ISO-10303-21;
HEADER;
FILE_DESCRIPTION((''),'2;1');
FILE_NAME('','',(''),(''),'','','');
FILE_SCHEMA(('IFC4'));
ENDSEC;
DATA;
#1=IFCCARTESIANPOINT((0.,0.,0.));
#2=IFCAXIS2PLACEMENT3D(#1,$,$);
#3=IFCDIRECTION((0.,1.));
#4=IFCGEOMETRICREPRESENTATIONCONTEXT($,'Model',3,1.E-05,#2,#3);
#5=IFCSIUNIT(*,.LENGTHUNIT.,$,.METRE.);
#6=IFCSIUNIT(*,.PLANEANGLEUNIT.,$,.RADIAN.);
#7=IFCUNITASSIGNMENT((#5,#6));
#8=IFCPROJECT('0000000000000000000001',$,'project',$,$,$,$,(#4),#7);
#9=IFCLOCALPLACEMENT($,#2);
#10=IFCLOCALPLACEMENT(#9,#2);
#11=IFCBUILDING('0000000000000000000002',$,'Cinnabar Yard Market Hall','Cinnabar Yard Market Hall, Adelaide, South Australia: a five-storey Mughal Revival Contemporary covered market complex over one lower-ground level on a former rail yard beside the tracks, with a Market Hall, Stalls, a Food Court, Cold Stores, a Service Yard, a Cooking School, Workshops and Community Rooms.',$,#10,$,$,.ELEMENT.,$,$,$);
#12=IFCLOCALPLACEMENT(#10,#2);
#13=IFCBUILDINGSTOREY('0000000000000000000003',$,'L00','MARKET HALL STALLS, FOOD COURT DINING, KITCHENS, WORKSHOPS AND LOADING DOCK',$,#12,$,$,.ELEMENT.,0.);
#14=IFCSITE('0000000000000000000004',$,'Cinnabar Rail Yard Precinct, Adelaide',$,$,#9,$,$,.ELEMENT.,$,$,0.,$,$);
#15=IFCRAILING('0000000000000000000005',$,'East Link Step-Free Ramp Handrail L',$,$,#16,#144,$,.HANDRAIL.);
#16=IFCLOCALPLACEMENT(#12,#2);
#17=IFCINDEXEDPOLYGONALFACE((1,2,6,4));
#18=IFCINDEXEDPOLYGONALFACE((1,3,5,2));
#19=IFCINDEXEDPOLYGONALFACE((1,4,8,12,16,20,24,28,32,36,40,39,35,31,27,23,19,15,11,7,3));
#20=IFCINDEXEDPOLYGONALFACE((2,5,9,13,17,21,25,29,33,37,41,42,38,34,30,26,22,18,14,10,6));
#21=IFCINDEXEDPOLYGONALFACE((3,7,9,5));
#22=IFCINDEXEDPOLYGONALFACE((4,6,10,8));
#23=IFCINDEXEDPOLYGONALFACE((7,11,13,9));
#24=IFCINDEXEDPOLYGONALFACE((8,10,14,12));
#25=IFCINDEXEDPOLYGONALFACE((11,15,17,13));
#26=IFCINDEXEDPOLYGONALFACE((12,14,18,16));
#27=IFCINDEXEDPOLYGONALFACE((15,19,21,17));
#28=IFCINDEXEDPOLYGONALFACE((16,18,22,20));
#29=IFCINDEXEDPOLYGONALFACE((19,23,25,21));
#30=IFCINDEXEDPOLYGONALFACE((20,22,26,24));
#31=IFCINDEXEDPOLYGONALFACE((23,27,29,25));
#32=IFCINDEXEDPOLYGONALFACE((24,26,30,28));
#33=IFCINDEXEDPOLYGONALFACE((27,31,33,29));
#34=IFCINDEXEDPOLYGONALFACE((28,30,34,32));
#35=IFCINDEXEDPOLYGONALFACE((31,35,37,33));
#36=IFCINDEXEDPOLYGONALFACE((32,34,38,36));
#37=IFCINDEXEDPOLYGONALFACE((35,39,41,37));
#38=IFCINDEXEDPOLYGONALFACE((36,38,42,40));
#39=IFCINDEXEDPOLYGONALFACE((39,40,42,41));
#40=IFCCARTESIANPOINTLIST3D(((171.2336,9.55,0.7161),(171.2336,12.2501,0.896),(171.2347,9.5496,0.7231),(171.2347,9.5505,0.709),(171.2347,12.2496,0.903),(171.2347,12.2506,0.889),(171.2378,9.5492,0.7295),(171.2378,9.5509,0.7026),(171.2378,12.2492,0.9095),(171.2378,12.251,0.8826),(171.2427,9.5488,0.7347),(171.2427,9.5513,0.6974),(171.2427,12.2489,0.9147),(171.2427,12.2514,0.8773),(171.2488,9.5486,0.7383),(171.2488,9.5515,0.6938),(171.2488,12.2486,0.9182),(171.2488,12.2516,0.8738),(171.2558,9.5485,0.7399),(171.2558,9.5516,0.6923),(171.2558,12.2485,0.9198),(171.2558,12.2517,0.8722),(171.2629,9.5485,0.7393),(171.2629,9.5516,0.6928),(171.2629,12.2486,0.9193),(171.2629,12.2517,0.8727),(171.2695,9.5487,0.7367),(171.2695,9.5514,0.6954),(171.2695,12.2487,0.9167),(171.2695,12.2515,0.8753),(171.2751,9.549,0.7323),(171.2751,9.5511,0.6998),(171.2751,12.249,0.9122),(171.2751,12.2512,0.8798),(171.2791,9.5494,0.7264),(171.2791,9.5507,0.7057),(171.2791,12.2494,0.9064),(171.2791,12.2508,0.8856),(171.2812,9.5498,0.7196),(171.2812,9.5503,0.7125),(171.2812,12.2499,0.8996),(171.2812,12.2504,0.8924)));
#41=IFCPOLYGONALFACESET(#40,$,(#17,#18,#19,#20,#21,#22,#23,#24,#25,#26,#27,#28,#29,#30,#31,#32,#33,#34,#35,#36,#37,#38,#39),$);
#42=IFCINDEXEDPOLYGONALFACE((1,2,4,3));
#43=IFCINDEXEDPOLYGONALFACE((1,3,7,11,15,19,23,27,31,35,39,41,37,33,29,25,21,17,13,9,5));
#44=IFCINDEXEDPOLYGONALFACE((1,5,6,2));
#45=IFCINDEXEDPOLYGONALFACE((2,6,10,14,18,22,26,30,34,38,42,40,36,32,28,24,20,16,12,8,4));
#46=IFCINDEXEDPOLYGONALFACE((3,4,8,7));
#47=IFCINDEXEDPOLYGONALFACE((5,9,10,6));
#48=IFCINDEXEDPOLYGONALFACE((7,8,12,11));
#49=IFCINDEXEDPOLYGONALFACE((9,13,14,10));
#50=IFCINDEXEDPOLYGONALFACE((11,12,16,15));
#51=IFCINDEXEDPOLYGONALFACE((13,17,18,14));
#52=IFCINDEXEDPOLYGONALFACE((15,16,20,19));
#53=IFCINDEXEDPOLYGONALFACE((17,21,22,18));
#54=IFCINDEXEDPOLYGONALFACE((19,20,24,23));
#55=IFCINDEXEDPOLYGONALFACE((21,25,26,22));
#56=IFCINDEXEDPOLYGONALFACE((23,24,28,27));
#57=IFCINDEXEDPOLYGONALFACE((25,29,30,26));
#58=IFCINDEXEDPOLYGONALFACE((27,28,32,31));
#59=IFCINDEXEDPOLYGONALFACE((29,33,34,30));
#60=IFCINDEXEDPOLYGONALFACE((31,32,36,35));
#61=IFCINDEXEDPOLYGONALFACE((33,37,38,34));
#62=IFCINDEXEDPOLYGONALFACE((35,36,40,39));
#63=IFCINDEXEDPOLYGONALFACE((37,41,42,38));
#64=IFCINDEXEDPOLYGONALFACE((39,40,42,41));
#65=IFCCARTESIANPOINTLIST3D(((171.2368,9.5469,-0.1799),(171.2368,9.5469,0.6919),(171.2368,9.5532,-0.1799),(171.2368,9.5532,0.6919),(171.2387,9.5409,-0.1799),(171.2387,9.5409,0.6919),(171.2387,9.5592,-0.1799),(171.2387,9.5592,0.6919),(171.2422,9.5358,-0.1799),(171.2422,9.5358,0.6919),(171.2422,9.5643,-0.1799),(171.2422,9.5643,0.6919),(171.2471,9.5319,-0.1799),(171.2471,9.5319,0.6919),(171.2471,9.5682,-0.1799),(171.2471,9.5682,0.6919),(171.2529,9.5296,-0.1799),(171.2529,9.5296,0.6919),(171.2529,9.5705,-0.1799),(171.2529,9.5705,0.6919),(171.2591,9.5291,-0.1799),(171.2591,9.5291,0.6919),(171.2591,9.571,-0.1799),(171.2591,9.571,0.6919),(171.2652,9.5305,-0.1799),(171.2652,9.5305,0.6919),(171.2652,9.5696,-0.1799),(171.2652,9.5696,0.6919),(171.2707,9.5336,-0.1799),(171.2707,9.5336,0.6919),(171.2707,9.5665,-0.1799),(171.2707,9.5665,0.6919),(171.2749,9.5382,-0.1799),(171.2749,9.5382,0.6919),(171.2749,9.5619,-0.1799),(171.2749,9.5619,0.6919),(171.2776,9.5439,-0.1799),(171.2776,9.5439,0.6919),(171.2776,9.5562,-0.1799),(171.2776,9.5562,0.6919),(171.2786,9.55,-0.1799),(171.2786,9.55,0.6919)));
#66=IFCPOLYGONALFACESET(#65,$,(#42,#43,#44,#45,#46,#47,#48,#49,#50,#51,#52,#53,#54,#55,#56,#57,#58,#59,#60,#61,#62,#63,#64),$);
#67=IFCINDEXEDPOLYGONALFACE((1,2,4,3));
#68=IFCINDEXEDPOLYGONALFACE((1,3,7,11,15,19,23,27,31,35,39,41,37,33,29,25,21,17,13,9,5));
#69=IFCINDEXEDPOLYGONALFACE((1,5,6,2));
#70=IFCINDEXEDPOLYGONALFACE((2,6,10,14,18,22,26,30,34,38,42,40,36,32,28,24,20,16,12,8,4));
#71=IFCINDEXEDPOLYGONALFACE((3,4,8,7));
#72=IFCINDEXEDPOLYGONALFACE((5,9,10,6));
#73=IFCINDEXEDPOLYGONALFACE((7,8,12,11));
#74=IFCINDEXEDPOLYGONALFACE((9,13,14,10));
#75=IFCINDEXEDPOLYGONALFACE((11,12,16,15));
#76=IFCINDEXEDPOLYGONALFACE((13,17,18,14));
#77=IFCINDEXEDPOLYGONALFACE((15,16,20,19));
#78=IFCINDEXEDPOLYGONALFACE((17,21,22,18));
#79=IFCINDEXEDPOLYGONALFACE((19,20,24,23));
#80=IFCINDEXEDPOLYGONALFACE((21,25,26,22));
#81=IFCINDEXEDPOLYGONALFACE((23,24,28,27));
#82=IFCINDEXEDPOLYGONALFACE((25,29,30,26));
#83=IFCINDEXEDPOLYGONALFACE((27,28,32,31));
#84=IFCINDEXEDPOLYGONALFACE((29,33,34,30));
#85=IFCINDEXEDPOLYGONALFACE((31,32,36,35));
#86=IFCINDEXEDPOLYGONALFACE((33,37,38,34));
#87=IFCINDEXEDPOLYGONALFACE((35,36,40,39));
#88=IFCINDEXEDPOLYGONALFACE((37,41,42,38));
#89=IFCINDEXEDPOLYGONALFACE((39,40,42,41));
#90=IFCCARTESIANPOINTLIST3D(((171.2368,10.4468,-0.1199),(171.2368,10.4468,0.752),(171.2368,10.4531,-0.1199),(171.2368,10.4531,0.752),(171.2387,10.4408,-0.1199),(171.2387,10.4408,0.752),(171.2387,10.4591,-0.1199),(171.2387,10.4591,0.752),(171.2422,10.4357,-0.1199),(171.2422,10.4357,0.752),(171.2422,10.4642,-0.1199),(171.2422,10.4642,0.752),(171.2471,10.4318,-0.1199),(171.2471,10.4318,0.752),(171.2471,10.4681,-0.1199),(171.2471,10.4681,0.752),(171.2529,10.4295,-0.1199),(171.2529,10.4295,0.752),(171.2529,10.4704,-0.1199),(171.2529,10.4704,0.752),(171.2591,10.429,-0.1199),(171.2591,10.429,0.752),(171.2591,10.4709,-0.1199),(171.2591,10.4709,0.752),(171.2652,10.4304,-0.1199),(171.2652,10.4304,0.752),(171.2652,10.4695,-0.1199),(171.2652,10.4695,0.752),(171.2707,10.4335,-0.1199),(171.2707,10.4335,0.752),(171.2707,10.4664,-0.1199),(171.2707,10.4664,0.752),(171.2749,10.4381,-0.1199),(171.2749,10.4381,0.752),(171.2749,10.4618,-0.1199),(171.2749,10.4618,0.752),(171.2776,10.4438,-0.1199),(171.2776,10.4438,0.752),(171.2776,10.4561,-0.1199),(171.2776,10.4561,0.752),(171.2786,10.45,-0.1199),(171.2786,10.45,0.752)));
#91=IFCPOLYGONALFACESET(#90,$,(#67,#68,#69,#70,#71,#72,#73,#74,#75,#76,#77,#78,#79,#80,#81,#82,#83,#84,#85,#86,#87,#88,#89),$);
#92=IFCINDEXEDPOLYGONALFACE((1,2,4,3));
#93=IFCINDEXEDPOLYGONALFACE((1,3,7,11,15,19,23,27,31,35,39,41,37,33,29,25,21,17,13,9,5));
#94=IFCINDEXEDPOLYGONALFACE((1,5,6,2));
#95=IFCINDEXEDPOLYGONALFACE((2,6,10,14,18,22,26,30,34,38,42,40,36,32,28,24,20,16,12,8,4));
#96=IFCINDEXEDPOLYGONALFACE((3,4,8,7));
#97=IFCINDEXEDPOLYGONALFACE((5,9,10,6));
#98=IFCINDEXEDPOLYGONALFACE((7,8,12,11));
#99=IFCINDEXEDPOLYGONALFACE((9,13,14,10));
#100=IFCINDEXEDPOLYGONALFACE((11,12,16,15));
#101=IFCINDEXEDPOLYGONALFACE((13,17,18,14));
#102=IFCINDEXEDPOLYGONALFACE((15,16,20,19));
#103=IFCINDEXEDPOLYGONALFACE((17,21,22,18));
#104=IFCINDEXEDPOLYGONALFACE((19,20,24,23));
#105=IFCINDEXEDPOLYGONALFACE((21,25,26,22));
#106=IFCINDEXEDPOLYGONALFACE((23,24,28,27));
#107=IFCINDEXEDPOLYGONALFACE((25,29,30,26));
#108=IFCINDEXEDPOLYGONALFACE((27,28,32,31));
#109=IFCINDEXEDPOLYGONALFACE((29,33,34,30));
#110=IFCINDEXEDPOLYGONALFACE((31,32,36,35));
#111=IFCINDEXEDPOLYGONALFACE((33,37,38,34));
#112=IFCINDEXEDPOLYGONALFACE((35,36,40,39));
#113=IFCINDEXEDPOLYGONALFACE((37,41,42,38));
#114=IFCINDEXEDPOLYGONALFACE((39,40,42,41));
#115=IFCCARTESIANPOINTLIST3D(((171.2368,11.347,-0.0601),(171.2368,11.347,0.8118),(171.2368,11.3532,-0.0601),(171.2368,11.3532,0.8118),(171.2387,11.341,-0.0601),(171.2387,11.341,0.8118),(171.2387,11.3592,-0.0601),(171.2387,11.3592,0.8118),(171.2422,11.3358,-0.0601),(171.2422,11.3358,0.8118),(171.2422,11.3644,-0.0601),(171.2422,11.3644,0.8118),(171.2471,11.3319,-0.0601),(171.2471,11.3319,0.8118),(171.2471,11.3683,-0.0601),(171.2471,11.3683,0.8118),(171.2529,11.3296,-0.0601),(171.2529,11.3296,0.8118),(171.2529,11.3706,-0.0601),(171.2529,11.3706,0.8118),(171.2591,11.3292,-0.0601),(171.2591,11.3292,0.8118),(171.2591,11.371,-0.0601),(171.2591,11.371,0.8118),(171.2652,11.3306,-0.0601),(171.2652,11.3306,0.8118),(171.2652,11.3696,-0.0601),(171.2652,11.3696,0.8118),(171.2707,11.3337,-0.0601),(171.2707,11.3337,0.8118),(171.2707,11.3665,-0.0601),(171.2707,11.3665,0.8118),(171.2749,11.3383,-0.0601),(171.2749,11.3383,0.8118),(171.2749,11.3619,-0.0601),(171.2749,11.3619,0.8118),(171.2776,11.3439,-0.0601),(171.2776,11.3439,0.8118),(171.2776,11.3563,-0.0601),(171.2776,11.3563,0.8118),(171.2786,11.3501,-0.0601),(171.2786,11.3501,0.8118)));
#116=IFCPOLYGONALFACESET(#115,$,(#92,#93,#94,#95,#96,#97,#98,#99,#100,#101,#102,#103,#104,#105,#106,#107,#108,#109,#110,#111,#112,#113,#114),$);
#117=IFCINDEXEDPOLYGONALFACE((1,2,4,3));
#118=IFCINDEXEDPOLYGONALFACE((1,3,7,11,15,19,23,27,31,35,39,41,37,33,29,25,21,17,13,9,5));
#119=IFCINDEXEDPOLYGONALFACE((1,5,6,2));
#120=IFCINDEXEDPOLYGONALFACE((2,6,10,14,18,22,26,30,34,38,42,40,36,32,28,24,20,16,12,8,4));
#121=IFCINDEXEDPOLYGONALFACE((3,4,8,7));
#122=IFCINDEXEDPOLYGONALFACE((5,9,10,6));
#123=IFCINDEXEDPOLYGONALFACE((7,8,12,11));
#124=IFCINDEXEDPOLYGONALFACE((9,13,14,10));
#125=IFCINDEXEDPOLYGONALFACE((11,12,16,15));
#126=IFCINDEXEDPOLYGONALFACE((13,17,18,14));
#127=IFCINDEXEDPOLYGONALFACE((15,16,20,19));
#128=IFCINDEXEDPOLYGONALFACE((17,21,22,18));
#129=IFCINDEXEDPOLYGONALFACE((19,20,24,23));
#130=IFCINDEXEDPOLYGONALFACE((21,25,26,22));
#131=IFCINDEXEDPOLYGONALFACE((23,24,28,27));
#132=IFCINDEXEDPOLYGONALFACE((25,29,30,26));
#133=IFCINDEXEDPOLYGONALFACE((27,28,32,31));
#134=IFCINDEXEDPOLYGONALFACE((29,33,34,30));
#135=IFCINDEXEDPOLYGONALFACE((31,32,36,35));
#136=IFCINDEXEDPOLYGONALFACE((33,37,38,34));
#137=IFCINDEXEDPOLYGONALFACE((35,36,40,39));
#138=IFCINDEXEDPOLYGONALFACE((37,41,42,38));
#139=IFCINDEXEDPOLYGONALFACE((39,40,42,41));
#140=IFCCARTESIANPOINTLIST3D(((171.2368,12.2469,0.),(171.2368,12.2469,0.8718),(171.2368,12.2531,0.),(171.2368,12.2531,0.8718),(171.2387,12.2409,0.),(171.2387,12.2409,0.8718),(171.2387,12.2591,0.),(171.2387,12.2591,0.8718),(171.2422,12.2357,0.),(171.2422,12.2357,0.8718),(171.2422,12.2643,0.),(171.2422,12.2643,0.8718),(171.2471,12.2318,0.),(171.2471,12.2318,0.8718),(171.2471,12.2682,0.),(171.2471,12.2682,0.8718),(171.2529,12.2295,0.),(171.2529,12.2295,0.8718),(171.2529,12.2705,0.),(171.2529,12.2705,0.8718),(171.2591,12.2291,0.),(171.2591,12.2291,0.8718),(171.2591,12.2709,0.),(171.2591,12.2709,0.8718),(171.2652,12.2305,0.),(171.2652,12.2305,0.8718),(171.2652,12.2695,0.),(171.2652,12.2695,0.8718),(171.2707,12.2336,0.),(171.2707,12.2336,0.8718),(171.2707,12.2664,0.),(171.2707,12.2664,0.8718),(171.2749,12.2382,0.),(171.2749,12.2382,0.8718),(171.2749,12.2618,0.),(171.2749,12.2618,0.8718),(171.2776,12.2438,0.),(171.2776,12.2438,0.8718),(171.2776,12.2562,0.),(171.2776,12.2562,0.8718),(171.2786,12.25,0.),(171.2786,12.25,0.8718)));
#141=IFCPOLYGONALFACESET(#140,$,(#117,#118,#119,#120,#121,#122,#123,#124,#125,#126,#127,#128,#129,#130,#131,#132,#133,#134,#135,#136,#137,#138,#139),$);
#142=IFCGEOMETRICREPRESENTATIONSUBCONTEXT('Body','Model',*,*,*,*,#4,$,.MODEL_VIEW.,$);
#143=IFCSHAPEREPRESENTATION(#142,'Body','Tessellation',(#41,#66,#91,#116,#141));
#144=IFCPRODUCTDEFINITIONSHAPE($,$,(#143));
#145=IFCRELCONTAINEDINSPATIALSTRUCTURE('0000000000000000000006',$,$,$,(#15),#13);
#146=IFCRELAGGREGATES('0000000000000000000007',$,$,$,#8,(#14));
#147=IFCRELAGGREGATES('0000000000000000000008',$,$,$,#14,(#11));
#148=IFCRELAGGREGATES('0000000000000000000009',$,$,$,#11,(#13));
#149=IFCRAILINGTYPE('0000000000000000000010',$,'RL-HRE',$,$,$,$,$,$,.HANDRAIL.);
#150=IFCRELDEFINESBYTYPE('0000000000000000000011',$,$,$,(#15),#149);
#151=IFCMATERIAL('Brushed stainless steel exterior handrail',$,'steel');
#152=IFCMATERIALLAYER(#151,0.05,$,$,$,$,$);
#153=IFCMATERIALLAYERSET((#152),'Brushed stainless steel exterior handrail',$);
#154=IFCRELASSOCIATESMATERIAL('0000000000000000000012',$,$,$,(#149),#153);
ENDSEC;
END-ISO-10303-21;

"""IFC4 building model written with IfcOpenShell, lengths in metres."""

from ifc_helpers import new_model, si_unit, direction, frame, origin, origin_2d_with_axis, place, context, subcontext, project, spatial, circle, extrude, material, layer, layer_set, type_object, element, save


model = new_model("IFC4")

# Units and contexts
model_context = context("Model", 3, precision=1e-05, world=origin(), true_north=direction((0.0, 1.0)))
body_context = subcontext(model_context, "Body", "Model", "MODEL_VIEW")
ifc_project = project(units=[si_unit("LENGTHUNIT", "METRE"), si_unit("PLANEANGLEUNIT", "RADIAN")], contexts=[model_context])

# Site, building, storey
site_placement = place(None, origin())
site = spatial("IfcSite", under=ifc_project, at=site_placement, Name="Cinnabar Rail Yard Precinct, Adelaide", CompositionType="ELEMENT", RefElevation=0.0)
building_placement = place(site_placement, origin())
building = spatial("IfcBuilding", under=site, at=building_placement, Name="Cinnabar Yard Market Hall", Description="Cinnabar Yard Market Hall, Adelaide, South Australia: a five-storey Mughal Revival Contemporary covered market complex over one lower-ground level on a former rail yard beside the tracks, with a Market Hall, Stalls, a Food Court, Cold Stores, a Service Yard, a Cooking School, Workshops and Community Rooms.", CompositionType="ELEMENT")
storey_placement = place(building_placement, origin())
storey = spatial("IfcBuildingStorey", under=building, at=storey_placement, Name="L00", Description="MARKET HALL STALLS, FOOD COURT DINING, KITCHENS, WORKSHOPS AND LOADING DOCK", CompositionType="ELEMENT", Elevation=0.0)

# Railing
ifc_material_1 = material(Name="Brushed stainless steel exterior handrail", Category="steel")
ifc_layer_1 = layer(ifc_material_1, 0.05)
ifc_layer_set_1 = layer_set([ifc_layer_1], Name="Brushed stainless steel exterior handrail")
railing_type_1 = type_object("IfcRailingType", Name="RL-HRE", PredefinedType="HANDRAIL", material=ifc_layer_set_1)
for number, where, name in (
    (1, (171.2576, 9.55, -0.1799), "East Link Step-Free Ramp Handrail L"),
):
    element("IfcRailing", number, at=place(storey_placement, frame(where)), inside=storey, type_object=railing_type_1, Name=name, PredefinedType="HANDRAIL", context=body_context, shape_type="SweptSolid", body=[
        extrude(circle(Radius=0.0239, at=origin_2d_with_axis()), frame((0.0, 0.0, 0.896), z_axis=(0.0, 0.997787, 0.066495), x_axis=(-1.0, 0.0, 0.0)), (0.0, 0.0, 1.0), 2.7061),
        extrude(circle(Radius=0.021, at=origin_2d_with_axis()), origin(), (0.0, 0.0, 1.0), 0.8718),
        extrude(circle(Radius=0.021, at=origin_2d_with_axis()), frame((0.0, 0.8999, 0.0601)), (0.0, 0.0, 1.0), 0.8718),
        extrude(circle(Radius=0.021, at=origin_2d_with_axis()), frame((0.0, 1.8, 0.1199)), (0.0, 0.0, 1.0), 0.8718),
        extrude(circle(Radius=0.021, at=origin_2d_with_axis()), frame((0.0, 2.7, 0.1799)), (0.0, 0.0, 1.0), 0.8718),
    ])

save(model, "model.ifc")
